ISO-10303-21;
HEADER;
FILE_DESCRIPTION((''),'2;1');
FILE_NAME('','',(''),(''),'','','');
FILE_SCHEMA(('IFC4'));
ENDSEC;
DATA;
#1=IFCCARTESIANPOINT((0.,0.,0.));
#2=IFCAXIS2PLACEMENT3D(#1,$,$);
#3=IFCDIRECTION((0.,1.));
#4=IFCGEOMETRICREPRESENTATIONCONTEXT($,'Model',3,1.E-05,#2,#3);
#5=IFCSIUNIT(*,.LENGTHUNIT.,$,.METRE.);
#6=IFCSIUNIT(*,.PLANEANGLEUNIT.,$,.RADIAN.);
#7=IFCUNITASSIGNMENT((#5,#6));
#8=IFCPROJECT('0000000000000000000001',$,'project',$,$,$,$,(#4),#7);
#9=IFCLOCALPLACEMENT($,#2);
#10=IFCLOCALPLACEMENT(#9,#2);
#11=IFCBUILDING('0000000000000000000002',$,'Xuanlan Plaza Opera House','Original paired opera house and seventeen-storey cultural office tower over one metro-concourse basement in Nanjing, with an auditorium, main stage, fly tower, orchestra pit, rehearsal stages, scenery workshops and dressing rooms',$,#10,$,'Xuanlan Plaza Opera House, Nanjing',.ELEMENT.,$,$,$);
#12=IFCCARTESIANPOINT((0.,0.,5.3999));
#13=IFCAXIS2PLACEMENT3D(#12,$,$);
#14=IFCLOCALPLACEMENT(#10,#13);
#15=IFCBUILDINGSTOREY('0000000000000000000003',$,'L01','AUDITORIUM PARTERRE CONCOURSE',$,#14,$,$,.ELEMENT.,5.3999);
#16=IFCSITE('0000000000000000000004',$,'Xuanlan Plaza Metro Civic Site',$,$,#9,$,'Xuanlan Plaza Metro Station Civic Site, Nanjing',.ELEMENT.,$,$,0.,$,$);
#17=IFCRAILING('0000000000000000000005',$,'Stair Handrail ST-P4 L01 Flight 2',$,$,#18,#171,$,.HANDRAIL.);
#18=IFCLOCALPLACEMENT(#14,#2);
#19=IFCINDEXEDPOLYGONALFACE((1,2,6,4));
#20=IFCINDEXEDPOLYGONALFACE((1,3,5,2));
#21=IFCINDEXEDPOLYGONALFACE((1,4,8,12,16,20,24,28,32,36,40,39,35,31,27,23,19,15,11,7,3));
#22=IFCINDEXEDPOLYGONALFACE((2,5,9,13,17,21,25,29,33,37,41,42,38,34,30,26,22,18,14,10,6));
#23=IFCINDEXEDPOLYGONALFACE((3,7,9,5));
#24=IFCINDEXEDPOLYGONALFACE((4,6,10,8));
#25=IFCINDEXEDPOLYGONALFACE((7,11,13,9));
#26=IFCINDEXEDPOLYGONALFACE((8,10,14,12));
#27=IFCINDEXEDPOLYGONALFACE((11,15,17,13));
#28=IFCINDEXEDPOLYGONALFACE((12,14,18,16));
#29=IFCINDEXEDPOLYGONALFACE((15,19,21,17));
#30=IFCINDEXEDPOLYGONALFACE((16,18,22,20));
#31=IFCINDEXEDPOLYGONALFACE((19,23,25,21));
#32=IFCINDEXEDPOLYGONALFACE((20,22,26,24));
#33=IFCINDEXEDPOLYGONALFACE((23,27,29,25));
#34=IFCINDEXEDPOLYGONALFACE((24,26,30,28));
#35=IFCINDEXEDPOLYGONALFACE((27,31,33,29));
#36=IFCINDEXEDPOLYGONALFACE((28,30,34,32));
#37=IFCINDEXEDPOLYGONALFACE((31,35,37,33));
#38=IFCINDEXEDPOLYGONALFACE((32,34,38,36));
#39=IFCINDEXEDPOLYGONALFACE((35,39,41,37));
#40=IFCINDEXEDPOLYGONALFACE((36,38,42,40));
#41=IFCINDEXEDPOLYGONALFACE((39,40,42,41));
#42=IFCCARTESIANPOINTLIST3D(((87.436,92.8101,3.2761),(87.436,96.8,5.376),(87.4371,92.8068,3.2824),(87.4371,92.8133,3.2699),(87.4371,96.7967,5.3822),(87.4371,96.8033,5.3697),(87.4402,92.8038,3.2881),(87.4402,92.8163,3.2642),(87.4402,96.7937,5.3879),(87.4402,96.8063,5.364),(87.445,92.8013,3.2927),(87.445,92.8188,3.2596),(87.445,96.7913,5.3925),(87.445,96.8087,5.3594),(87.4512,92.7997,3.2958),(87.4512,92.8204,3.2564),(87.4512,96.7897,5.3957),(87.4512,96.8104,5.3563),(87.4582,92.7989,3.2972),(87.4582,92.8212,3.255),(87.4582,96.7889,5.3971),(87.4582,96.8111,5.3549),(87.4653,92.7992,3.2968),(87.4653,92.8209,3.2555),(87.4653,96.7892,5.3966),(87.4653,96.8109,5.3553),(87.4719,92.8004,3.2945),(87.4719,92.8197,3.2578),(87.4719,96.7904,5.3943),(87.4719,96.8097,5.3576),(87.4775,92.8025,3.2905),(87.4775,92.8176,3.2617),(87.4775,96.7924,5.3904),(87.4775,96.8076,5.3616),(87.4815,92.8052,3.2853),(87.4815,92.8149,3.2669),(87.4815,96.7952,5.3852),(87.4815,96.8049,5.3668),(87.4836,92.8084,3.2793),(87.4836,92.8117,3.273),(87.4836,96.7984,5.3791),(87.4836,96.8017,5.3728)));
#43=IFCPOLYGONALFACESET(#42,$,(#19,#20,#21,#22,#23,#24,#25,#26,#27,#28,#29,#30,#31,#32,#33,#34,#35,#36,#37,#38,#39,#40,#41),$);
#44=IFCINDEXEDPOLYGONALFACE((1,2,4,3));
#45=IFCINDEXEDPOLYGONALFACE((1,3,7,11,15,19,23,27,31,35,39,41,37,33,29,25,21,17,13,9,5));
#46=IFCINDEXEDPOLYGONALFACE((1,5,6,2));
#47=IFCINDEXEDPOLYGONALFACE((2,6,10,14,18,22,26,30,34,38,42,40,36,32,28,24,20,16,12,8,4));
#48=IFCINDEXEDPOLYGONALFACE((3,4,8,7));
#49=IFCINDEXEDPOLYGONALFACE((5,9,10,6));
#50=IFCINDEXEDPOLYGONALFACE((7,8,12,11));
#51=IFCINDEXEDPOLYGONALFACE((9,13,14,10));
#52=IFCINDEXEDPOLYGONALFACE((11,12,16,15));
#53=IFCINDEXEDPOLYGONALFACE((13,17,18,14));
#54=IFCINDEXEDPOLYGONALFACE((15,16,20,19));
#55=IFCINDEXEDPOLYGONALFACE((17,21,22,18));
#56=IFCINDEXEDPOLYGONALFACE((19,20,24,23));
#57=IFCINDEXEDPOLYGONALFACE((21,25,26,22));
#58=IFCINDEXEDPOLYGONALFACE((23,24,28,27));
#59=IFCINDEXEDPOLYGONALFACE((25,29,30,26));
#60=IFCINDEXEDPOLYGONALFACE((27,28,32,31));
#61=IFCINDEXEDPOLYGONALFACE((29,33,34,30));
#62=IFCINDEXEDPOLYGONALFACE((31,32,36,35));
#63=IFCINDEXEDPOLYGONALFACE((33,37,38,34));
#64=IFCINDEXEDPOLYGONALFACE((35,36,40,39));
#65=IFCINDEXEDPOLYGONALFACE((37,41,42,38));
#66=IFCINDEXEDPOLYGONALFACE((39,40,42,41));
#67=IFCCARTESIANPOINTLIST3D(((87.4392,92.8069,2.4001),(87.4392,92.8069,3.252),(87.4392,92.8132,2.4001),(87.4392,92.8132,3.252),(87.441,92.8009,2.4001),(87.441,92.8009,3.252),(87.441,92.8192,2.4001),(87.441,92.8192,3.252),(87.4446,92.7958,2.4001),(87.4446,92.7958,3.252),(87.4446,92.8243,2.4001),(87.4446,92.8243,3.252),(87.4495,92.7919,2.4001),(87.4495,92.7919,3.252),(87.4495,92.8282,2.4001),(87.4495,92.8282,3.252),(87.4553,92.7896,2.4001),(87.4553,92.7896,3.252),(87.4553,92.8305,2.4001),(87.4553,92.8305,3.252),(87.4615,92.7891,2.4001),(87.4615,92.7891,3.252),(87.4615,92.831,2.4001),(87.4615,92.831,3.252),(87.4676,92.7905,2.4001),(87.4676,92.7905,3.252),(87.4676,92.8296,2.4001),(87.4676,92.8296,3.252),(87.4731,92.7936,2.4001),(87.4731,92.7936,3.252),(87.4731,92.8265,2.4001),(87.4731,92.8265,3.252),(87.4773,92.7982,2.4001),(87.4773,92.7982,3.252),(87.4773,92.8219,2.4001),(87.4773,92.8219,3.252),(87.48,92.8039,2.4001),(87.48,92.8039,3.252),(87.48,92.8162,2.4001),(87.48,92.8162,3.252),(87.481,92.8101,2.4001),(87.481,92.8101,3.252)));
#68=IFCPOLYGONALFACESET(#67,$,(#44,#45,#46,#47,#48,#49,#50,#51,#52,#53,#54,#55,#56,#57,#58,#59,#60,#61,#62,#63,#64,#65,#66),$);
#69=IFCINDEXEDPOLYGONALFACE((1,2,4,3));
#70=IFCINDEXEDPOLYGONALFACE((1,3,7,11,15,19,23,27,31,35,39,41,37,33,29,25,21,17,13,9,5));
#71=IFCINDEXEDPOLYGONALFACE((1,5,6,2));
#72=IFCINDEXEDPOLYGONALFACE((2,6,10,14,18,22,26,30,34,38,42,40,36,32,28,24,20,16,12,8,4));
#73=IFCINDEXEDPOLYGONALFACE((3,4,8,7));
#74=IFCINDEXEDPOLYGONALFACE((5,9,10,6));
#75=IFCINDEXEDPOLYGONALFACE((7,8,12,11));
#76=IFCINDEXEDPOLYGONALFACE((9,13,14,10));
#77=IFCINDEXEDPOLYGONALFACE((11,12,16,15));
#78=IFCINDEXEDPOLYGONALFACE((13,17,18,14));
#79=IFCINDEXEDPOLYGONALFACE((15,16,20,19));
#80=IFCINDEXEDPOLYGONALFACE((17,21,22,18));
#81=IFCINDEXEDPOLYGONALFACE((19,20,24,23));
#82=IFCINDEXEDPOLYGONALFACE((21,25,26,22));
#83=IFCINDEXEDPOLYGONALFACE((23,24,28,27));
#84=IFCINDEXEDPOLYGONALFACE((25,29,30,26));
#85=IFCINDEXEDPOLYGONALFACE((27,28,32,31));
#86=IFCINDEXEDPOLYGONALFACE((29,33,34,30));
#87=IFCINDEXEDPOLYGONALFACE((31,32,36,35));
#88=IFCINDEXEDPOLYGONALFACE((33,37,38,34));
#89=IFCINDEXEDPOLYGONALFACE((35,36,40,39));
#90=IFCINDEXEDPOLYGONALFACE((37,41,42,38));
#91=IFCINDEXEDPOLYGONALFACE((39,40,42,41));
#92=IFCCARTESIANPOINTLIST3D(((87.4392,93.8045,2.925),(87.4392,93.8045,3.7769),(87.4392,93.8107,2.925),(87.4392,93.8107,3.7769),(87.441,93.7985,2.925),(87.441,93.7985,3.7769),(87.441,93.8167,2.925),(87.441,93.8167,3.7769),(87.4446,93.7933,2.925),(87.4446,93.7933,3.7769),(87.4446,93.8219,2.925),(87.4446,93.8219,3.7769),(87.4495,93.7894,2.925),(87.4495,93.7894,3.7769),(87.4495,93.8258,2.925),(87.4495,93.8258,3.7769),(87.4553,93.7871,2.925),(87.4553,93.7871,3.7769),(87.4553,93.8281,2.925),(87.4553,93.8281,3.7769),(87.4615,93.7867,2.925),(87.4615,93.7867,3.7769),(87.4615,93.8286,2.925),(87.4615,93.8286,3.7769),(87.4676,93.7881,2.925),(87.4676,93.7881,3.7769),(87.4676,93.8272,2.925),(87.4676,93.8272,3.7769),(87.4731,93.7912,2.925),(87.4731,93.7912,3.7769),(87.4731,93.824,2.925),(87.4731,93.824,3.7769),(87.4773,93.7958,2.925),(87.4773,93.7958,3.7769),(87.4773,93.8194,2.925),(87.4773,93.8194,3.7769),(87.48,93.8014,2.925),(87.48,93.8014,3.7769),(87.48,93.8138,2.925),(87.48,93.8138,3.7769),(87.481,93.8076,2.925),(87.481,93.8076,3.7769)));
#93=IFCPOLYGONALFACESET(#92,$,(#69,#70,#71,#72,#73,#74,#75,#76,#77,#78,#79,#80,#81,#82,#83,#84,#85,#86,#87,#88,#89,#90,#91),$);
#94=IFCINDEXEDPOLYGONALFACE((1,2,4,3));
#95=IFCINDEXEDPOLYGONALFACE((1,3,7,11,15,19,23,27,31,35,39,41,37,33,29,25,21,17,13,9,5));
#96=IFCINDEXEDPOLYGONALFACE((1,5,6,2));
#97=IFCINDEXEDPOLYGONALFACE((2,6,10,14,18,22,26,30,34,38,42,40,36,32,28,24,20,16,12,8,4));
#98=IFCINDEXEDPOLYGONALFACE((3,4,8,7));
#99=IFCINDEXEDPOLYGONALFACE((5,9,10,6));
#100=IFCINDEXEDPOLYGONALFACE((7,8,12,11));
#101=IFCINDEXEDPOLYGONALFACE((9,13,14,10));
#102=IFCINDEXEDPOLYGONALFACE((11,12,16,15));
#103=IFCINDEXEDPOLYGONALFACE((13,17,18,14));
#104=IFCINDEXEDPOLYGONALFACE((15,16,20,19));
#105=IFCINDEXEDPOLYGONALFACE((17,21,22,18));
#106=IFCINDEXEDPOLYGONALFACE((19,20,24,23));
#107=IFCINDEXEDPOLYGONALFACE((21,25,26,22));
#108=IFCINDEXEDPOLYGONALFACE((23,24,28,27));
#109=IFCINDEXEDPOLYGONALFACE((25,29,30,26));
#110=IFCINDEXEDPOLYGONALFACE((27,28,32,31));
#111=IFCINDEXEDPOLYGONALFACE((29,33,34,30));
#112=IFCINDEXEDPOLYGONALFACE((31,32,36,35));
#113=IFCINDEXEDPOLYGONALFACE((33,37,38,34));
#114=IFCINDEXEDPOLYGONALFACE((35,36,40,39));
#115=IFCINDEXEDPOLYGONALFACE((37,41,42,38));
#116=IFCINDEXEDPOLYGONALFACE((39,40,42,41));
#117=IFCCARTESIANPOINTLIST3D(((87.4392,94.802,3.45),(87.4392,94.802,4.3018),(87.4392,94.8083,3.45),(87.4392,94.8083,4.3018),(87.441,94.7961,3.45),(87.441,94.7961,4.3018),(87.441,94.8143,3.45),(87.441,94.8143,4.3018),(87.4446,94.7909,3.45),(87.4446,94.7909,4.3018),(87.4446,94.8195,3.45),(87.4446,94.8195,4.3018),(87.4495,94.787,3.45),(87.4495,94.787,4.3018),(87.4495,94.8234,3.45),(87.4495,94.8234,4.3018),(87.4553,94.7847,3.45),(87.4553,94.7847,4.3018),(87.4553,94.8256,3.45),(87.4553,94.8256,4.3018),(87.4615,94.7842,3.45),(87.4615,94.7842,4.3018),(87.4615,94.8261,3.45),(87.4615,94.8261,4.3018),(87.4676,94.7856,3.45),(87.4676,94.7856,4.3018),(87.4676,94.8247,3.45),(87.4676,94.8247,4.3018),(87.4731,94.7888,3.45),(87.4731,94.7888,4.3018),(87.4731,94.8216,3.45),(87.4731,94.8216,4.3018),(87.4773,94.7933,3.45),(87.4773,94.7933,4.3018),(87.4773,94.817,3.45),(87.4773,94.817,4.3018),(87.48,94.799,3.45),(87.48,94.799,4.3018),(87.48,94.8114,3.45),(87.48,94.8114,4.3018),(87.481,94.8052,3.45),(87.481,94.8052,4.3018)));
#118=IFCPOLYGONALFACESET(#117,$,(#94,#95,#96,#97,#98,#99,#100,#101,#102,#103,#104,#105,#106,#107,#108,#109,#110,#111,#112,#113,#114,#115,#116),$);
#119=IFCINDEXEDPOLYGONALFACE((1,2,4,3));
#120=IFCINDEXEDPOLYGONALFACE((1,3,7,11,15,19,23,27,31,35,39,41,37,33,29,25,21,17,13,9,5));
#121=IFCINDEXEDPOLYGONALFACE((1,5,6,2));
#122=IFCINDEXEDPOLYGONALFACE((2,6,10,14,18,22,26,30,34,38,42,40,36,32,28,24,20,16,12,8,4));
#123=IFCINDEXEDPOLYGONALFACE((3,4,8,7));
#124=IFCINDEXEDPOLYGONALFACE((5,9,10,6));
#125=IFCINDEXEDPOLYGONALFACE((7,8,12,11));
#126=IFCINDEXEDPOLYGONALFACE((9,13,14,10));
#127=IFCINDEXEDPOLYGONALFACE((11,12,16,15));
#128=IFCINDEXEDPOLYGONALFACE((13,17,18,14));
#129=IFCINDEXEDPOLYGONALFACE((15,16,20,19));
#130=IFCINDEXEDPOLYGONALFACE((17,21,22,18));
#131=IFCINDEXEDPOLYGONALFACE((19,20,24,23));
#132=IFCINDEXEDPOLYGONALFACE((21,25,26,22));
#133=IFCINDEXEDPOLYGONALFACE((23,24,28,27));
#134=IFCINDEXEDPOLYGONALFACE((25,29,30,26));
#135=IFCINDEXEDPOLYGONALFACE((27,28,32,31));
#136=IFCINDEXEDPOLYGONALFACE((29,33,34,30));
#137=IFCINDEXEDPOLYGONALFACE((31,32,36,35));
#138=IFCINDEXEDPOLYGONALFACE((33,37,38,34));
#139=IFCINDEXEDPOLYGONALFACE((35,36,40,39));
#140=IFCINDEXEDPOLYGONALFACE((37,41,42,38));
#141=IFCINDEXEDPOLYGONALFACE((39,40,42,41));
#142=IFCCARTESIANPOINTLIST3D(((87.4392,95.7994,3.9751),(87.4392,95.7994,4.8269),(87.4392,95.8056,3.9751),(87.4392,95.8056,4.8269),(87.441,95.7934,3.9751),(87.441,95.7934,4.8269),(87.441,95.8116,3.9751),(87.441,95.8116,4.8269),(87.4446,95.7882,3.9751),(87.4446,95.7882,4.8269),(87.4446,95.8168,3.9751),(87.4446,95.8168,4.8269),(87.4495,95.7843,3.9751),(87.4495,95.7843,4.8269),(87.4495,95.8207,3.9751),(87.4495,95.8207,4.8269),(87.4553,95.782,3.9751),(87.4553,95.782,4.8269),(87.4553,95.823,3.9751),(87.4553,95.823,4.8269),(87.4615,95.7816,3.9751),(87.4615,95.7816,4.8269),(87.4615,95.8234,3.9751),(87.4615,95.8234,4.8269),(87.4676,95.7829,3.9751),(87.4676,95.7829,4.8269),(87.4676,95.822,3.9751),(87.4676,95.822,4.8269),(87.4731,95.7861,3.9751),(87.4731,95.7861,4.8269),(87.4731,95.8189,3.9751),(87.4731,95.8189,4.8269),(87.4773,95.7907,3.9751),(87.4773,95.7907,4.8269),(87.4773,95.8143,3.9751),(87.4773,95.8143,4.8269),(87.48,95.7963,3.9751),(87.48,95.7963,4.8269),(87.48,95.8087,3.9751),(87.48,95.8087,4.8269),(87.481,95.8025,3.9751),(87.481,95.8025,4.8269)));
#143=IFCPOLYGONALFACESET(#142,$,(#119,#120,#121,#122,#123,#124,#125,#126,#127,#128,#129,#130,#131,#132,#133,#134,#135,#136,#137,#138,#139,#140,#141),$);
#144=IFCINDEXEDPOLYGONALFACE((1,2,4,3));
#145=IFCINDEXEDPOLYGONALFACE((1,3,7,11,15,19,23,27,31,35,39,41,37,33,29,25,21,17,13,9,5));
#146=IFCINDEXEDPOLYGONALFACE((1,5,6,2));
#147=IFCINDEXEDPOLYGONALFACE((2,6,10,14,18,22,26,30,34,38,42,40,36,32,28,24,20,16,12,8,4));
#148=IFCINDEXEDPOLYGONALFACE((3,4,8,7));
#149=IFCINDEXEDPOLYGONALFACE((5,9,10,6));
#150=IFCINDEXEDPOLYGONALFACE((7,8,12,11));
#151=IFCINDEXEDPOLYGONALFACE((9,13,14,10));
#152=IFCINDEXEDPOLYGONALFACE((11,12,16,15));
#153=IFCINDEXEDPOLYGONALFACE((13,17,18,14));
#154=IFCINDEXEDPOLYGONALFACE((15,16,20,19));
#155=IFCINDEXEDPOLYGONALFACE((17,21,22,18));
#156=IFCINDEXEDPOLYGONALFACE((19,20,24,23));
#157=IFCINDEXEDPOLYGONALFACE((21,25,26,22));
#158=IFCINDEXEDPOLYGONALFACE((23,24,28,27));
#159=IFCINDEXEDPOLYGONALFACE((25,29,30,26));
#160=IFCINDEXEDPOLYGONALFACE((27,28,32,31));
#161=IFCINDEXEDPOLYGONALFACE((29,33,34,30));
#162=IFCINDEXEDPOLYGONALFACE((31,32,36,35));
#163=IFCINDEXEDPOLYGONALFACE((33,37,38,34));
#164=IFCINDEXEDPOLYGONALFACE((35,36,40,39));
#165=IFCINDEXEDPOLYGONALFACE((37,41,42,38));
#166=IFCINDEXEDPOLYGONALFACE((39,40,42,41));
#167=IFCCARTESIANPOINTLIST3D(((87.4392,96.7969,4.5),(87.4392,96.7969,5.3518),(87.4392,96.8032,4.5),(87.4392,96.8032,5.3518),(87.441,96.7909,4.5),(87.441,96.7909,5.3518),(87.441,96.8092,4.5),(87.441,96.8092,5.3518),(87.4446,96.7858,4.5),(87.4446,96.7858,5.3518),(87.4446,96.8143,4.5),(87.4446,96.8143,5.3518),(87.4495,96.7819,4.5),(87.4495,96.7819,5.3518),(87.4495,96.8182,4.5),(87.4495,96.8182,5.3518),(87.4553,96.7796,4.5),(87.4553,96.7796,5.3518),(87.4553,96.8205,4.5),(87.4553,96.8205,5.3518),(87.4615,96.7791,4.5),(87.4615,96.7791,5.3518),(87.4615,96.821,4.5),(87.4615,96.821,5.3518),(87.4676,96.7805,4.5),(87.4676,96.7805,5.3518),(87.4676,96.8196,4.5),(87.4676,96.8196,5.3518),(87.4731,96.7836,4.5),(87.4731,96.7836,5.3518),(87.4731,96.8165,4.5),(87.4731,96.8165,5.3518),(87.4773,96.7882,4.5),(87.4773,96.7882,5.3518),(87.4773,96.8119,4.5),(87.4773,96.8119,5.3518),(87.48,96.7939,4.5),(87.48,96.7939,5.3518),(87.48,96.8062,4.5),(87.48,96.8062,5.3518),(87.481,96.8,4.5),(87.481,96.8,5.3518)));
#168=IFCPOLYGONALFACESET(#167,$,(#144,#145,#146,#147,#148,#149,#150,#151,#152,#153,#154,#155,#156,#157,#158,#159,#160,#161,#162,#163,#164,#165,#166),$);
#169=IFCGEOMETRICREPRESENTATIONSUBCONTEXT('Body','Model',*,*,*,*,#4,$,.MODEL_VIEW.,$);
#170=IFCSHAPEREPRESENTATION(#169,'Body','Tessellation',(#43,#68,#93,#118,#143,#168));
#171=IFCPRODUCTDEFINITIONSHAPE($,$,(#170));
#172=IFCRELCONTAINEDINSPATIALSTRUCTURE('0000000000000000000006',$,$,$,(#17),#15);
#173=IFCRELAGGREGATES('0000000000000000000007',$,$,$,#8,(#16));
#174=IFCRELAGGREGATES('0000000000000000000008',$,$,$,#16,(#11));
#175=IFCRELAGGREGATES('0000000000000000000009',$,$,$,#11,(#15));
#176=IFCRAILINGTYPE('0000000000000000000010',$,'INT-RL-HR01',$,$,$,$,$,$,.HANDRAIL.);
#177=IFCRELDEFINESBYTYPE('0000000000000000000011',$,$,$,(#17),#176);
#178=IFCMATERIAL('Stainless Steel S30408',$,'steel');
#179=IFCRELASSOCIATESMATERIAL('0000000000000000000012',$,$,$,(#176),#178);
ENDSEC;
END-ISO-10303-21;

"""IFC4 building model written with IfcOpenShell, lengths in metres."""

from ifc_helpers import new_model, si_unit, direction, frame, origin, origin_2d, place, context, subcontext, project, spatial, circle, extrude, material, type_object, element, save


model = new_model("IFC4")

# Units and contexts
model_context = context("Model", 3, precision=1e-05, world=origin(), true_north=direction((0.0, 1.0)))
body_context = subcontext(model_context, "Body", "Model", "MODEL_VIEW")
ifc_project = project(units=[si_unit("LENGTHUNIT", "METRE"), si_unit("PLANEANGLEUNIT", "RADIAN")], contexts=[model_context])

# Site, building, storey
site_placement = place(None, origin())
site = spatial("IfcSite", under=ifc_project, at=site_placement, Name="Xuanlan Plaza Metro Civic Site", LongName="Xuanlan Plaza Metro Station Civic Site, Nanjing", CompositionType="ELEMENT", RefElevation=0.0)
building_placement = place(site_placement, origin())
building = spatial("IfcBuilding", under=site, at=building_placement, Name="Xuanlan Plaza Opera House", Description="Original paired opera house and seventeen-storey cultural office tower over one metro-concourse basement in Nanjing, with an auditorium, main stage, fly tower, orchestra pit, rehearsal stages, scenery workshops and dressing rooms", LongName="Xuanlan Plaza Opera House, Nanjing", CompositionType="ELEMENT")
storey_placement = place(building_placement, frame((0.0, 0.0, 5.3999)))
storey = spatial("IfcBuildingStorey", under=building, at=storey_placement, Name="L01", Description="AUDITORIUM PARTERRE CONCOURSE", CompositionType="ELEMENT", Elevation=5.3999)

# Railing
ifc_material_1 = material(Name="Stainless Steel S30408", Category="steel")
railing_type = type_object("IfcRailingType", Name="INT-RL-HR01", PredefinedType="HANDRAIL", material=ifc_material_1)
for number, where, name in (
    (1, (87.46, 92.8101, 2.4001), "Stair Handrail ST-P4 L01 Flight 2"),
):
    element("IfcRailing", number, at=place(storey_placement, frame(where)), inside=storey, type_object=railing_type, Name=name, PredefinedType="HANDRAIL", context=body_context, shape_type="SweptSolid", body=[
        extrude(circle(Radius=0.0239, at=origin_2d()), frame((0.0, 0.0, 0.876), z_axis=(0.0, 0.884931, 0.465722), x_axis=(-1.0, 0.0, 0.0)), (0.0, 0.0, 1.0), 4.5088),
        extrude(circle(Radius=0.021, at=origin_2d()), origin(), (0.0, 0.0, 1.0), 0.8518),
        extrude(circle(Radius=0.021, at=origin_2d()), frame((0.0, 0.9976, 0.5249)), (0.0, 0.0, 1.0), 0.8518),
        extrude(circle(Radius=0.021, at=origin_2d()), frame((0.0, 1.9951, 1.0498)), (0.0, 0.0, 1.0), 0.8518),
        extrude(circle(Radius=0.021, at=origin_2d()), frame((0.0, 2.9924, 1.575)), (0.0, 0.0, 1.0), 0.8518),
        extrude(circle(Radius=0.021, at=origin_2d()), frame((0.0, 3.99, 2.0999)), (0.0, 0.0, 1.0), 0.8518),
    ])

save(model, "model.ifc")
